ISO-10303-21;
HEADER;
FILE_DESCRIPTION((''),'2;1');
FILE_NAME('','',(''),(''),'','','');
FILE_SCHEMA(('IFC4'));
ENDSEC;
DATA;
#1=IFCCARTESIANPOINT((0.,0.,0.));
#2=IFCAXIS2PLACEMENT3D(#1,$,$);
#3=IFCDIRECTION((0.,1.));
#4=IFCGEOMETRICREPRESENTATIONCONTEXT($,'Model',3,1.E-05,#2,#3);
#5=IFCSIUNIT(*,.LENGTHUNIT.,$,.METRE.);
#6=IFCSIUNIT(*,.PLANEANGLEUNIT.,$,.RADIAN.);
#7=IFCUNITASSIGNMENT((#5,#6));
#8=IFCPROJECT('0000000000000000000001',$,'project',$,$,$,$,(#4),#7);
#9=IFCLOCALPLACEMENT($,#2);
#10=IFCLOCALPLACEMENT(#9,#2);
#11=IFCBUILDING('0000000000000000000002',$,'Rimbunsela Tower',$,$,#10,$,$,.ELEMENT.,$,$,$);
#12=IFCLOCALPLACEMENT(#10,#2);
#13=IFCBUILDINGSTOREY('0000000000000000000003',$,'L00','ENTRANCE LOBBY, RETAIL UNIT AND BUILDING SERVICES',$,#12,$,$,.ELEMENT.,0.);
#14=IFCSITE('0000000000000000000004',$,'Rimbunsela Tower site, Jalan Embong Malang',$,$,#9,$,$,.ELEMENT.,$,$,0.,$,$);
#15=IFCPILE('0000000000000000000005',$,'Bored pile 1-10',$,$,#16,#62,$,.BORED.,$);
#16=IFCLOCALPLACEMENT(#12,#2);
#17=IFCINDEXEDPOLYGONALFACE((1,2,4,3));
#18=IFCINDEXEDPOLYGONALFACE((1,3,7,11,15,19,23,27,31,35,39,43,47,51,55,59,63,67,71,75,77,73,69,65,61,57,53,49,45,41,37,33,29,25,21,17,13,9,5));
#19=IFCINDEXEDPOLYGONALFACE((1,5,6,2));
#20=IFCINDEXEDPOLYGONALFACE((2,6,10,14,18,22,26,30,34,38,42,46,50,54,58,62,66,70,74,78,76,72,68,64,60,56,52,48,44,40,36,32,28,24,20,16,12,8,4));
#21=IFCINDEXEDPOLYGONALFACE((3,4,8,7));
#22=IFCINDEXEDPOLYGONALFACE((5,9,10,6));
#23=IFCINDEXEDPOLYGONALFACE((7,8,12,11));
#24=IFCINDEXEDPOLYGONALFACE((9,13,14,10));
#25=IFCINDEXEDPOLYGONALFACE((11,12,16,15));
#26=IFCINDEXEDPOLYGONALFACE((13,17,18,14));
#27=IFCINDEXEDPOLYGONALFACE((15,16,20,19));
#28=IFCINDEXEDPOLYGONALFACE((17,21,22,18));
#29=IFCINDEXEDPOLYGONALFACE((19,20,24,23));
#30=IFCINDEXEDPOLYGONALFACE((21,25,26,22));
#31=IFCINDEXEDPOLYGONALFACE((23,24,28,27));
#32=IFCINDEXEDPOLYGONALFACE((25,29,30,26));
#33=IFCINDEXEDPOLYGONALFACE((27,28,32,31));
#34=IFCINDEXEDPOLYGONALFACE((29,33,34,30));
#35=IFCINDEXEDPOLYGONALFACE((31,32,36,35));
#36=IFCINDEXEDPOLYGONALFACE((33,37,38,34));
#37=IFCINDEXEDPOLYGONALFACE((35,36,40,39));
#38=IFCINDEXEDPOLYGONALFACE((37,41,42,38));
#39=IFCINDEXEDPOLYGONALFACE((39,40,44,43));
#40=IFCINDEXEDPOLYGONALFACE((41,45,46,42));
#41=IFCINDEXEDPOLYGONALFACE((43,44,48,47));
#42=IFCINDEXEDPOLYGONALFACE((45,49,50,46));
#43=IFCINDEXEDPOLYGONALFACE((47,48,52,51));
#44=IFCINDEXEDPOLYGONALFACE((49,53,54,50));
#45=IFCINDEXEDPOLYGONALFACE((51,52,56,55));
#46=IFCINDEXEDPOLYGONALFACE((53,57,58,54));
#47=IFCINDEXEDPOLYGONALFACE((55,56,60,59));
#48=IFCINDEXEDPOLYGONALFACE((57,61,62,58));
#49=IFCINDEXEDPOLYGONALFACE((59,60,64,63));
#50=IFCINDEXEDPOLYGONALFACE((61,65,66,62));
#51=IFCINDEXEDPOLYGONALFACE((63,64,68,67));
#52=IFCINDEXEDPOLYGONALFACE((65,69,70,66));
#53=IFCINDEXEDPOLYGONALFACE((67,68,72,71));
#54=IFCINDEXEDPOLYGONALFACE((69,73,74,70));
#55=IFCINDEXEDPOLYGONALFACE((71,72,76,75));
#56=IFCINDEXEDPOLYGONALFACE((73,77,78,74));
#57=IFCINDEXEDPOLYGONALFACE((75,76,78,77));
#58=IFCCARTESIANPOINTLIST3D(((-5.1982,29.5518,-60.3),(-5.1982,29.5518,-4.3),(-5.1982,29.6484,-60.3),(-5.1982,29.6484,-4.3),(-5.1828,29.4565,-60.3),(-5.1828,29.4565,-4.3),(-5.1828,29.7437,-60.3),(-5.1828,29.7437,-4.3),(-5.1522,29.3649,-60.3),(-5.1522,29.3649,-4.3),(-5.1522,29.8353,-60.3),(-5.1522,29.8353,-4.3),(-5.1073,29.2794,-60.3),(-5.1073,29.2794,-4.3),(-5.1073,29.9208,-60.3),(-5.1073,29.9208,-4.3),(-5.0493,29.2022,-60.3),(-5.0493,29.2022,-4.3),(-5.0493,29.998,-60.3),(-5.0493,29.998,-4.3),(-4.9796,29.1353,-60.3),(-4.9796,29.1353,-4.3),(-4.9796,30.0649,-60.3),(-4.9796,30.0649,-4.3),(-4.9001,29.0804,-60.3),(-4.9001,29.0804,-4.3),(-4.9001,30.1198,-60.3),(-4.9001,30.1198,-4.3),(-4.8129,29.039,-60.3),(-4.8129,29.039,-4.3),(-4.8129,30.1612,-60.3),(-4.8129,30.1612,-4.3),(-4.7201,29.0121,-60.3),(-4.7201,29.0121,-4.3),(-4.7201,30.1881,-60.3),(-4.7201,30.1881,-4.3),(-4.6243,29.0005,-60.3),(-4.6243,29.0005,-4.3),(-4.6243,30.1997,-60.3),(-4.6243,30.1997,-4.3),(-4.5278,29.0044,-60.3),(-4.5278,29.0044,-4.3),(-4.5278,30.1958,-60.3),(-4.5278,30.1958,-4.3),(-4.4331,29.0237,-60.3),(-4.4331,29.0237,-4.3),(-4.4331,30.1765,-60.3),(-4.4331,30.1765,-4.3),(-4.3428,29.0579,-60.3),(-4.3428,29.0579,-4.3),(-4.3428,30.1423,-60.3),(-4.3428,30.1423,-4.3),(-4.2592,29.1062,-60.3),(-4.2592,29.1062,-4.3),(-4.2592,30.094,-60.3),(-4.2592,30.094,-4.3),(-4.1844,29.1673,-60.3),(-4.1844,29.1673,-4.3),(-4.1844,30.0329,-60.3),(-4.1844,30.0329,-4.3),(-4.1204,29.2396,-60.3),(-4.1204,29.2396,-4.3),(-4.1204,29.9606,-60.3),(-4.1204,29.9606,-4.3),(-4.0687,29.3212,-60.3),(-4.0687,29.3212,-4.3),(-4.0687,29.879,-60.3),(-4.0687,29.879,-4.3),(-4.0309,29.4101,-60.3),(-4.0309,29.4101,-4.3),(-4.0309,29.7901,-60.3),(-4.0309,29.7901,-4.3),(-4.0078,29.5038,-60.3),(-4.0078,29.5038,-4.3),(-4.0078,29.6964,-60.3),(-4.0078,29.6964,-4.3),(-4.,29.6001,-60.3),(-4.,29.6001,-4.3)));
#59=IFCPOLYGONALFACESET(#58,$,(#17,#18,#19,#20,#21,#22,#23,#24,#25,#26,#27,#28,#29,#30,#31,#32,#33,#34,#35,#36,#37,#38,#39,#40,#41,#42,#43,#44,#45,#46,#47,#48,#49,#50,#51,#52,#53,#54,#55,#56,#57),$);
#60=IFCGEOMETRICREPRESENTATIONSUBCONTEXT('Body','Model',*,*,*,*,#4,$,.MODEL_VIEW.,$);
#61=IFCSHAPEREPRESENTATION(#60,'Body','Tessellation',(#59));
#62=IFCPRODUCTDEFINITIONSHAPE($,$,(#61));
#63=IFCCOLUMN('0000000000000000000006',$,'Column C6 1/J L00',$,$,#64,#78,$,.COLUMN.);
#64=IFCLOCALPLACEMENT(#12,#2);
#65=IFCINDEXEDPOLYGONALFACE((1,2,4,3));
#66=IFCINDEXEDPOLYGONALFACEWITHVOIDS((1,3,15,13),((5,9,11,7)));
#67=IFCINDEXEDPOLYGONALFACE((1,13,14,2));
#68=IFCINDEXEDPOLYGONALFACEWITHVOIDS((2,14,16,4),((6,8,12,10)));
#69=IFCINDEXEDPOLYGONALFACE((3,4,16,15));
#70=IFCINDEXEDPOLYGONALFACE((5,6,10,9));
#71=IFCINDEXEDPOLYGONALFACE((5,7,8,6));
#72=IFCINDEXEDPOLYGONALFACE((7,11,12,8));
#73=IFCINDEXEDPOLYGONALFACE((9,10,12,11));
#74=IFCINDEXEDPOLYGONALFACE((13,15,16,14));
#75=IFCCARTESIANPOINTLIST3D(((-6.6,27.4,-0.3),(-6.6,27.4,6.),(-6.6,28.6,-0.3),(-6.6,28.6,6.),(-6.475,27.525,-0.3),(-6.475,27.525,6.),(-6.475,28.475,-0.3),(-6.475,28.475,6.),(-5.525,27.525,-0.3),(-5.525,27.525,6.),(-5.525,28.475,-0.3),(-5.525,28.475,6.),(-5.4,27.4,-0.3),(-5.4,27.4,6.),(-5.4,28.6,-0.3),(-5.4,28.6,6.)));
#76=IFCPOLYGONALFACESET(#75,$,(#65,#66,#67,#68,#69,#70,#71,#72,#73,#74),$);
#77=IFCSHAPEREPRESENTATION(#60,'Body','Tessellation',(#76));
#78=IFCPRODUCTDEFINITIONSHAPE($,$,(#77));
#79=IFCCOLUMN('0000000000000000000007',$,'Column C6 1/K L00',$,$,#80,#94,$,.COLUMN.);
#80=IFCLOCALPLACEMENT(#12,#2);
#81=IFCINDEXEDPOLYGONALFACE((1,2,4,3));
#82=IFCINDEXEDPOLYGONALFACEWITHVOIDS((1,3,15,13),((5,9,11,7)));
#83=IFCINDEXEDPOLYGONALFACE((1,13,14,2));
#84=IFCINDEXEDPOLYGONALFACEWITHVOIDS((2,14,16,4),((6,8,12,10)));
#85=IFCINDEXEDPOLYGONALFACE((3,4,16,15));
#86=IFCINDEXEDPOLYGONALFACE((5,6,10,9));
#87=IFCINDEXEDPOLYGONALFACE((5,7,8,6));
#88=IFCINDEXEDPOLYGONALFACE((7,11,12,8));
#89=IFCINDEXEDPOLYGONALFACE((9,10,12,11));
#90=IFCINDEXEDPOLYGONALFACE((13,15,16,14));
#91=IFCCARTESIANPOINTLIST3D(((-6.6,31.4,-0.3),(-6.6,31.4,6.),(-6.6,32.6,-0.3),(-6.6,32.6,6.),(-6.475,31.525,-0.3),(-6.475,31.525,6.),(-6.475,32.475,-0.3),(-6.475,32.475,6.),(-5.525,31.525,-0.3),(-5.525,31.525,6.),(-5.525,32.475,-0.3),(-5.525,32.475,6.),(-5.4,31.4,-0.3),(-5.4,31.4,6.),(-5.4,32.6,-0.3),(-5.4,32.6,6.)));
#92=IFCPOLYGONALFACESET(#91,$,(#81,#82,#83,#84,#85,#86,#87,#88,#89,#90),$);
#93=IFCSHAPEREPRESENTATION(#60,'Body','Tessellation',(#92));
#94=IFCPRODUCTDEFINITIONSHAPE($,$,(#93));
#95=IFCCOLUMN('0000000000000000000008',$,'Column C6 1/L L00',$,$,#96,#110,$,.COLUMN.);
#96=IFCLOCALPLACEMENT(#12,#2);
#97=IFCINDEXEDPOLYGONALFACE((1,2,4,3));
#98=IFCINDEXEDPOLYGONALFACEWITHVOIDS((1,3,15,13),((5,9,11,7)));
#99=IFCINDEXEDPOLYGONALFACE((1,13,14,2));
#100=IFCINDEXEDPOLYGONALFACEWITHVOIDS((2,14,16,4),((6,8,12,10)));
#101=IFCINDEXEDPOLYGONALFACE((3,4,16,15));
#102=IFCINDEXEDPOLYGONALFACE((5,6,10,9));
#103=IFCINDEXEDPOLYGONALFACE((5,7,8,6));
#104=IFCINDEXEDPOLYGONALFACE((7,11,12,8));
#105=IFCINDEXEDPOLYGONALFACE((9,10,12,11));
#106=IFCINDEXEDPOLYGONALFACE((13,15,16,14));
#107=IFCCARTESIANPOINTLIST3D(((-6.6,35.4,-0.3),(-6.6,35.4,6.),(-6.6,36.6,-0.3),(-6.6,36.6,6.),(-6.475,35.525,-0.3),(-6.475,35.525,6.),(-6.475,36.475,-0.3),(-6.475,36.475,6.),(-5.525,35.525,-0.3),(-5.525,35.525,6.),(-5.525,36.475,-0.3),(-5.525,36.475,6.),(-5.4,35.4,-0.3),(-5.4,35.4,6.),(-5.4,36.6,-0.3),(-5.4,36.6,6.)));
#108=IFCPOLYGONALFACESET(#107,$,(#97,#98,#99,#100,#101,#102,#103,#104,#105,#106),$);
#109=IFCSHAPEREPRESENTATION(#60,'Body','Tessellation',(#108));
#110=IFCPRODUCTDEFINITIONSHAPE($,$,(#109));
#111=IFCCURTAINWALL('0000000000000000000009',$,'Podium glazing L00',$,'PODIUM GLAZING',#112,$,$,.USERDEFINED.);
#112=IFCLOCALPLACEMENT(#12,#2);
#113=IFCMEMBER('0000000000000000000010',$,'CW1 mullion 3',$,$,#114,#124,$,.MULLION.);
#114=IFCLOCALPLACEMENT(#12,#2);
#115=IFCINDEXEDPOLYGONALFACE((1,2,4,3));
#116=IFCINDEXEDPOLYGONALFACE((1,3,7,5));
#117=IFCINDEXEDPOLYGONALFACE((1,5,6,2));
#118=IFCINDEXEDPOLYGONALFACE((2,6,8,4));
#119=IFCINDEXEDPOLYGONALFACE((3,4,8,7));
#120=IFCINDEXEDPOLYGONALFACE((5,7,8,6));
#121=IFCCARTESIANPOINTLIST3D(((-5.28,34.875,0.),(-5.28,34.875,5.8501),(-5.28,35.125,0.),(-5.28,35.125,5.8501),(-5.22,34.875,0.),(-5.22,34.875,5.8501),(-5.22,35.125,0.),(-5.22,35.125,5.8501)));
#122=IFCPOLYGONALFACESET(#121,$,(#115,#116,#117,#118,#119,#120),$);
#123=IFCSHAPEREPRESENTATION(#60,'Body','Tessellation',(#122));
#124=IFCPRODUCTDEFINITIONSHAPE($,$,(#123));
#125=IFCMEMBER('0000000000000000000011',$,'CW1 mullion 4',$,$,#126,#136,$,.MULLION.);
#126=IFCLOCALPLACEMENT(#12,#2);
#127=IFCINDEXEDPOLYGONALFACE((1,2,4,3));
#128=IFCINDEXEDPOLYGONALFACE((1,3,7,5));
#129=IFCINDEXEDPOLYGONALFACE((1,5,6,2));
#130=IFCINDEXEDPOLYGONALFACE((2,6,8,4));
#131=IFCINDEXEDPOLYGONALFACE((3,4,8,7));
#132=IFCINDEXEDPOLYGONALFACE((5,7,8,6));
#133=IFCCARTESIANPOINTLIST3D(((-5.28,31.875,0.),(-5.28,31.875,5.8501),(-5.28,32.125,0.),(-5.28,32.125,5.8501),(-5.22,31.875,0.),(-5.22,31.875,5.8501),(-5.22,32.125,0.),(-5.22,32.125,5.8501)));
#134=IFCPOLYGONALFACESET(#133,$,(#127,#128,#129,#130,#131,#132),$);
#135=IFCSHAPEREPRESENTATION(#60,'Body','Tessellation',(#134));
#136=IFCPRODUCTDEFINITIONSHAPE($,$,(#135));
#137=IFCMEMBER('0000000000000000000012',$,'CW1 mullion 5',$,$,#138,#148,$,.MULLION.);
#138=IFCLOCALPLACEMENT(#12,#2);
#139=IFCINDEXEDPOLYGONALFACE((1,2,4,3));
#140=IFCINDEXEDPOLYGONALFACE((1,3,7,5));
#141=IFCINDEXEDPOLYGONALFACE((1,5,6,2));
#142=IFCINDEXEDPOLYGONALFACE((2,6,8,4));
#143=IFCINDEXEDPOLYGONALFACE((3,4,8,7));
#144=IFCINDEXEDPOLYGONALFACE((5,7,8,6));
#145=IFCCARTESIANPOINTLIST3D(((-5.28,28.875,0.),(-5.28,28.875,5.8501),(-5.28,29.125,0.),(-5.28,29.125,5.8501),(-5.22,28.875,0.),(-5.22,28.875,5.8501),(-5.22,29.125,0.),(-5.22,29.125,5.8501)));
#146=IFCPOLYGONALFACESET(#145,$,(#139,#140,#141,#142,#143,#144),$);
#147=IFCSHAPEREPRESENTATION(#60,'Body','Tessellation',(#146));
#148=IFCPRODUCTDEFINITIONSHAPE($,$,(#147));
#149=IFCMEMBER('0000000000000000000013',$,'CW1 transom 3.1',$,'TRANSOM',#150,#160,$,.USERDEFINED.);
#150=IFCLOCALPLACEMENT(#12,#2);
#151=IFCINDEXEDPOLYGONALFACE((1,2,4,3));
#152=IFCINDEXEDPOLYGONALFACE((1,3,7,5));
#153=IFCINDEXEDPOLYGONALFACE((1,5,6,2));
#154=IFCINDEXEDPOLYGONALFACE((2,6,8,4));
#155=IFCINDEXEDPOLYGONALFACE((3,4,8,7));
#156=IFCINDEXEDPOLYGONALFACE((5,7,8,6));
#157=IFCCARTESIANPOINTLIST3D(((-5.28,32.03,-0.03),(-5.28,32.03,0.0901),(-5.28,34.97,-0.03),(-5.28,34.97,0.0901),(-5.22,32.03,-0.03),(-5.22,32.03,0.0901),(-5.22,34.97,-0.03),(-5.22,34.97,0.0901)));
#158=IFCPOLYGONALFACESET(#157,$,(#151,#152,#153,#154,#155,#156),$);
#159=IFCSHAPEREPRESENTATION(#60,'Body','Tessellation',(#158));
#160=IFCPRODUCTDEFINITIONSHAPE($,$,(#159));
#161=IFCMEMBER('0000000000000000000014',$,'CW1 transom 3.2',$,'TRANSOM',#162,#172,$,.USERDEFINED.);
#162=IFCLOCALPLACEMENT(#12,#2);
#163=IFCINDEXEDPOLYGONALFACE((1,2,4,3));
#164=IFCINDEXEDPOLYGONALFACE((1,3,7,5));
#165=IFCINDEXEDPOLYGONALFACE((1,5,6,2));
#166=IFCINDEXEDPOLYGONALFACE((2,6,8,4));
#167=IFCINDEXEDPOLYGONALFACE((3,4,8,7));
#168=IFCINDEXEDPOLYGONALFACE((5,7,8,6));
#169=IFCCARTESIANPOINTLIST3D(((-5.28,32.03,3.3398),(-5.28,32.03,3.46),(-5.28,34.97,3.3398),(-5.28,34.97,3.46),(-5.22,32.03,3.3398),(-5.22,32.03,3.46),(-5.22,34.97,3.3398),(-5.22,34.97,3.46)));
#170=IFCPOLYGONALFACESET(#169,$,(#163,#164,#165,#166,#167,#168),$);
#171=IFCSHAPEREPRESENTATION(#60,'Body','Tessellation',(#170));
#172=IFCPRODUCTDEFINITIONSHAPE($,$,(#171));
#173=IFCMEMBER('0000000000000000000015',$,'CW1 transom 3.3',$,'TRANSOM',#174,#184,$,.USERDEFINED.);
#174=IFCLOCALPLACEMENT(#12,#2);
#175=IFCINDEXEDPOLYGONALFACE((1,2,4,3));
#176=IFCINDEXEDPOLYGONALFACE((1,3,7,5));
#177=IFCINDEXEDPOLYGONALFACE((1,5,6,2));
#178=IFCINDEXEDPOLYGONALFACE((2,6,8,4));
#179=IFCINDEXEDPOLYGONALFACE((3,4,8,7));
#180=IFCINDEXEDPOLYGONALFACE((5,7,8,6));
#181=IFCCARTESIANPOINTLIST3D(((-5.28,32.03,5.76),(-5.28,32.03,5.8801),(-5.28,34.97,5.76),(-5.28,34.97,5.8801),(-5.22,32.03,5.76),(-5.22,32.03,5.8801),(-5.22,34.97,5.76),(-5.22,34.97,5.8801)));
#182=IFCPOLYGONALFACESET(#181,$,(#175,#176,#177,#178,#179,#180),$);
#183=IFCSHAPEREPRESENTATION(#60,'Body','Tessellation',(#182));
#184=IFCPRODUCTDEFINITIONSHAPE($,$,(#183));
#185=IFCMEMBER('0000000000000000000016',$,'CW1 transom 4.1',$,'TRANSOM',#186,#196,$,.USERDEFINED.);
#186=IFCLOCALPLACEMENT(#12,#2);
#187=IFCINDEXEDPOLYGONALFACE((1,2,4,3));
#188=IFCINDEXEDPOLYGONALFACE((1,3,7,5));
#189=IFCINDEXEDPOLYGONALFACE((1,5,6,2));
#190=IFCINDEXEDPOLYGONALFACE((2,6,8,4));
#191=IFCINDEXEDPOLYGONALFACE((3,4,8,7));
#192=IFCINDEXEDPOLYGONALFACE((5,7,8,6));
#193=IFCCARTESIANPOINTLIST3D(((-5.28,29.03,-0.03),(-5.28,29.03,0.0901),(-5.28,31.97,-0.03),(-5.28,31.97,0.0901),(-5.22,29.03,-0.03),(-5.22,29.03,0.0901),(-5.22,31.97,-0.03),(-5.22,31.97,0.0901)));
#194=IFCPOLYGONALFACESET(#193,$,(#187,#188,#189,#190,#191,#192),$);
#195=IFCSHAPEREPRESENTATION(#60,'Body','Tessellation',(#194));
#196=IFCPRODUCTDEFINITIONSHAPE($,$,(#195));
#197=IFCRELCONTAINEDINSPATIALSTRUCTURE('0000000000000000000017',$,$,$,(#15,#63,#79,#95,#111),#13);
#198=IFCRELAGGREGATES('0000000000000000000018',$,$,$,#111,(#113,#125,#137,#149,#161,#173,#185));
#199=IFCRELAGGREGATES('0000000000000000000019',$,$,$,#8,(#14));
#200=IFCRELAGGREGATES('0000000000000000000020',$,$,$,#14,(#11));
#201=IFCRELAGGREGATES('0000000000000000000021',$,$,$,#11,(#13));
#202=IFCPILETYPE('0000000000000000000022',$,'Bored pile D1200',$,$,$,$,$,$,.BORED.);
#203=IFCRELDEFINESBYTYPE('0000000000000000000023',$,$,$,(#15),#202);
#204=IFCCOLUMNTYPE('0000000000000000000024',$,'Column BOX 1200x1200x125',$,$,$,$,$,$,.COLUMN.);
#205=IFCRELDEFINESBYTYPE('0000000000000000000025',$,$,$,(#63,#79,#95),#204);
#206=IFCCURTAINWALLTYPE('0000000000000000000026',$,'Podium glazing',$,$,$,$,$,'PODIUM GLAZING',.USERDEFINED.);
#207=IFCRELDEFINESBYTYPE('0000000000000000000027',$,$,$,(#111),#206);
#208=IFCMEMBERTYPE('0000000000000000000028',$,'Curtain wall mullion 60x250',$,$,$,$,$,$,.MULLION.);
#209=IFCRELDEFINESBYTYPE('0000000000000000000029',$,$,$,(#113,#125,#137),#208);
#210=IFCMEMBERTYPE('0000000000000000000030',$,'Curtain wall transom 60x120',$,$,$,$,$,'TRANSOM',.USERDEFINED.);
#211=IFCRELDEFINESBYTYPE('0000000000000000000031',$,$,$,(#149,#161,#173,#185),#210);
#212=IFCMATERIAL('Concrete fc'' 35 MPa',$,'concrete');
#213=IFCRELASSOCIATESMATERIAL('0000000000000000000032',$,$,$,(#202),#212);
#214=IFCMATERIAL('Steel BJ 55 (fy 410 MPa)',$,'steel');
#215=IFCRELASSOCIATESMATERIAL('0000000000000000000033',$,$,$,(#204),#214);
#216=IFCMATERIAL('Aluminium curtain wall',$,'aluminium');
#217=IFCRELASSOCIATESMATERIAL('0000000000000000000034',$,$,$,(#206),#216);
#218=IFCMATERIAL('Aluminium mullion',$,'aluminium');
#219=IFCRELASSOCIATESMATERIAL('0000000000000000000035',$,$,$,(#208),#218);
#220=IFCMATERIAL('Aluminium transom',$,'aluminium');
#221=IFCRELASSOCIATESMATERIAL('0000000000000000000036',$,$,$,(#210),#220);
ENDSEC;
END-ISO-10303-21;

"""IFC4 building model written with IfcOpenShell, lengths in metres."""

from ifc_helpers import new_model, si_unit, direction, frame, origin, origin_2d, place, context, subcontext, project, spatial, rectangle, hollow_rectangle, circle, extrude, material, material_profile, profile_set, type_object, element, aggregate, save


model = new_model("IFC4")

# Units and contexts
model_context = context("Model", 3, precision=1e-05, world=origin(), true_north=direction((0.0, 1.0)))
body_context = subcontext(model_context, "Body", "Model", "MODEL_VIEW")
ifc_project = project(units=[si_unit("LENGTHUNIT", "METRE"), si_unit("PLANEANGLEUNIT", "RADIAN")], contexts=[model_context])

# Site, building, storey
site_placement = place(None, origin())
site = spatial("IfcSite", under=ifc_project, at=site_placement, Name="Rimbunsela Tower site, Jalan Embong Malang", CompositionType="ELEMENT", RefElevation=0.0)
building_placement = place(site_placement, origin())
building = spatial("IfcBuilding", under=site, at=building_placement, Name="Rimbunsela Tower", CompositionType="ELEMENT")
storey_placement = place(building_placement, origin())
storey = spatial("IfcBuildingStorey", under=building, at=storey_placement, Name="L00", Description="ENTRANCE LOBBY, RETAIL UNIT AND BUILDING SERVICES", CompositionType="ELEMENT", Elevation=0.0)

# Pile
ifc_material_1 = material(Name="Concrete fc' 35 MPa", Category="concrete")
ifc_material_profile_1 = material_profile(ifc_material_1, circle(Radius=0.6001, at=origin_2d()), Name="BP D1200")
ifc_profile_set_1 = profile_set([ifc_material_profile_1], Name="Concrete fc' 35 MPa")
pile_type = type_object("IfcPileType", Name="Bored pile D1200", PredefinedType="BORED", material=ifc_profile_set_1)
pile_placement = place(storey_placement, frame((-4.6001, 29.6001, -4.3), z_axis=(0.0, 0.0, -1.0), x_axis=(1.0, 0.0, 0.0)))
element("IfcPile", 1, at=pile_placement, inside=storey, type_object=pile_type, Name="Bored pile 1-10", PredefinedType="BORED", context=body_context, shape_type="SweptSolid", body=[
    extrude(circle(Radius=0.6001, at=origin_2d()), origin(), (0.0, 0.0, 1.0), 56.0),
])

# Columns
ifc_material_2 = material(Name="Steel BJ 55 (fy 410 MPa)", Category="steel")
ifc_material_profile_2 = material_profile(ifc_material_2, hollow_rectangle(XDim=1.2, YDim=1.2, WallThickness=0.125, at=origin_2d()), Name="BOX 1200x1200x125")
ifc_profile_set_2 = profile_set([ifc_material_profile_2], Name="Steel BJ 55 (fy 410 MPa)")
column_type = type_object("IfcColumnType", Name="Column BOX 1200x1200x125", PredefinedType="COLUMN", material=ifc_profile_set_2)
for number, where, z_axis, x_axis, name in (
    (2, (-6.0, 28.0, -0.3), (0.0, 0.0, 1.0), (1.0, 0.0, 0.0), "Column C6 1/J L00"),
    (3, (-6.0, 32.0, -0.3), (0.0, 0.0, 1.0), (1.0, 0.0, 0.0), "Column C6 1/K L00"),
    (4, (-6.0, 36.0, -0.3), (0.0, 0.0, 1.0), (1.0, 0.0, 0.0), "Column C6 1/L L00"),
):
    element("IfcColumn", number, at=place(storey_placement, frame(where, z_axis=z_axis, x_axis=x_axis)), inside=storey, type_object=column_type, Name=name, PredefinedType="COLUMN", context=body_context, shape_type="SweptSolid", body=[
        extrude(hollow_rectangle(XDim=1.2, YDim=1.2, WallThickness=0.125, at=origin_2d()), origin(), (0.0, 0.0, 1.0), 6.3),
    ])

# Curtain wall, members
ifc_material_3 = material(Name="Aluminium curtain wall", Category="aluminium")
curtain_wall_type = type_object("IfcCurtainWallType", Name="Podium glazing", ElementType="PODIUM GLAZING", PredefinedType="USERDEFINED", material=ifc_material_3)
curtain_wall_placement = place(storey_placement, origin())
curtain_wall = element("IfcCurtainWall", 5, at=curtain_wall_placement, inside=storey, type_object=curtain_wall_type, Name="Podium glazing L00", ObjectType="PODIUM GLAZING", PredefinedType="USERDEFINED")
ifc_material_4 = material(Name="Aluminium mullion", Category="aluminium")
ifc_material_profile_3 = material_profile(ifc_material_4, rectangle(XDim=0.0601, YDim=0.25, at=origin_2d()), Name="Mullion 60x250")
ifc_profile_set_3 = profile_set([ifc_material_profile_3], Name="Aluminium mullion")
member_type_1 = type_object("IfcMemberType", Name="Curtain wall mullion 60x250", PredefinedType="MULLION", material=ifc_profile_set_3)
member_1_placement = place(storey_placement, frame((-5.25, 35.0, 0.0), z_axis=(0.0, 0.0, 1.0), x_axis=(1.0, 0.0, 0.0)))
member_1 = element("IfcMember", 6, at=member_1_placement, type_object=member_type_1, Name="CW1 mullion 3", PredefinedType="MULLION", context=body_context, shape_type="SweptSolid", body=[
    extrude(rectangle(XDim=0.0601, YDim=0.25, at=origin_2d()), origin(), (0.0, 0.0, 1.0), 5.8501),
])
member_2_placement = place(storey_placement, frame((-5.25, 32.0, 0.0), z_axis=(0.0, 0.0, 1.0), x_axis=(1.0, 0.0, 0.0)))
member_2 = element("IfcMember", 7, at=member_2_placement, type_object=member_type_1, Name="CW1 mullion 4", PredefinedType="MULLION", context=body_context, shape_type="SweptSolid", body=[
    extrude(rectangle(XDim=0.0601, YDim=0.25, at=origin_2d()), origin(), (0.0, 0.0, 1.0), 5.8501),
])
member_3_placement = place(storey_placement, frame((-5.25, 29.0, 0.0), z_axis=(0.0, 0.0, 1.0), x_axis=(1.0, 0.0, 0.0)))
member_3 = element("IfcMember", 8, at=member_3_placement, type_object=member_type_1, Name="CW1 mullion 5", PredefinedType="MULLION", context=body_context, shape_type="SweptSolid", body=[
    extrude(rectangle(XDim=0.0601, YDim=0.25, at=origin_2d()), origin(), (0.0, 0.0, 1.0), 5.8501),
])
ifc_material_5 = material(Name="Aluminium transom", Category="aluminium")
ifc_material_profile_4 = material_profile(ifc_material_5, rectangle(XDim=0.0601, YDim=0.1201, at=origin_2d()), Name="Transom 60x120")
ifc_profile_set_4 = profile_set([ifc_material_profile_4], Name="Aluminium transom")
member_type_2 = type_object("IfcMemberType", Name="Curtain wall transom 60x120", ElementType="TRANSOM", PredefinedType="USERDEFINED", material=ifc_profile_set_4)
member_4_placement = place(storey_placement, frame((-5.25, 34.97, 0.03), z_axis=(0.0, -1.0, 0.0), x_axis=(1.0, 0.0, 0.0)))
member_4 = element("IfcMember", 9, at=member_4_placement, type_object=member_type_2, Name="CW1 transom 3.1", ObjectType="TRANSOM", PredefinedType="USERDEFINED", context=body_context, shape_type="SweptSolid", body=[
    extrude(rectangle(XDim=0.0601, YDim=0.1201, at=origin_2d()), origin(), (0.0, 0.0, 1.0), 2.9399),
])
member_5_placement = place(storey_placement, frame((-5.25, 34.97, 3.3999), z_axis=(0.0, -1.0, 0.0), x_axis=(1.0, 0.0, 0.0)))
member_5 = element("IfcMember", 10, at=member_5_placement, type_object=member_type_2, Name="CW1 transom 3.2", ObjectType="TRANSOM", PredefinedType="USERDEFINED", context=body_context, shape_type="SweptSolid", body=[
    extrude(rectangle(XDim=0.0601, YDim=0.1201, at=origin_2d()), origin(), (0.0, 0.0, 1.0), 2.9399),
])
member_6_placement = place(storey_placement, frame((-5.25, 34.97, 5.8201), z_axis=(0.0, -1.0, 0.0), x_axis=(1.0, 0.0, 0.0)))
member_6 = element("IfcMember", 11, at=member_6_placement, type_object=member_type_2, Name="CW1 transom 3.3", ObjectType="TRANSOM", PredefinedType="USERDEFINED", context=body_context, shape_type="SweptSolid", body=[
    extrude(rectangle(XDim=0.0601, YDim=0.1201, at=origin_2d()), origin(), (0.0, 0.0, 1.0), 2.9399),
])
member_7_placement = place(storey_placement, frame((-5.25, 31.97, 0.03), z_axis=(0.0, -1.0, 0.0), x_axis=(1.0, 0.0, 0.0)))
member_7 = element("IfcMember", 12, at=member_7_placement, type_object=member_type_2, Name="CW1 transom 4.1", ObjectType="TRANSOM", PredefinedType="USERDEFINED", context=body_context, shape_type="SweptSolid", body=[
    extrude(rectangle(XDim=0.0601, YDim=0.1201, at=origin_2d()), origin(), (0.0, 0.0, 1.0), 2.9399),
])
aggregate(curtain_wall, [member_1, member_2, member_3, member_4, member_5, member_6, member_7])

save(model, "model.ifc")
